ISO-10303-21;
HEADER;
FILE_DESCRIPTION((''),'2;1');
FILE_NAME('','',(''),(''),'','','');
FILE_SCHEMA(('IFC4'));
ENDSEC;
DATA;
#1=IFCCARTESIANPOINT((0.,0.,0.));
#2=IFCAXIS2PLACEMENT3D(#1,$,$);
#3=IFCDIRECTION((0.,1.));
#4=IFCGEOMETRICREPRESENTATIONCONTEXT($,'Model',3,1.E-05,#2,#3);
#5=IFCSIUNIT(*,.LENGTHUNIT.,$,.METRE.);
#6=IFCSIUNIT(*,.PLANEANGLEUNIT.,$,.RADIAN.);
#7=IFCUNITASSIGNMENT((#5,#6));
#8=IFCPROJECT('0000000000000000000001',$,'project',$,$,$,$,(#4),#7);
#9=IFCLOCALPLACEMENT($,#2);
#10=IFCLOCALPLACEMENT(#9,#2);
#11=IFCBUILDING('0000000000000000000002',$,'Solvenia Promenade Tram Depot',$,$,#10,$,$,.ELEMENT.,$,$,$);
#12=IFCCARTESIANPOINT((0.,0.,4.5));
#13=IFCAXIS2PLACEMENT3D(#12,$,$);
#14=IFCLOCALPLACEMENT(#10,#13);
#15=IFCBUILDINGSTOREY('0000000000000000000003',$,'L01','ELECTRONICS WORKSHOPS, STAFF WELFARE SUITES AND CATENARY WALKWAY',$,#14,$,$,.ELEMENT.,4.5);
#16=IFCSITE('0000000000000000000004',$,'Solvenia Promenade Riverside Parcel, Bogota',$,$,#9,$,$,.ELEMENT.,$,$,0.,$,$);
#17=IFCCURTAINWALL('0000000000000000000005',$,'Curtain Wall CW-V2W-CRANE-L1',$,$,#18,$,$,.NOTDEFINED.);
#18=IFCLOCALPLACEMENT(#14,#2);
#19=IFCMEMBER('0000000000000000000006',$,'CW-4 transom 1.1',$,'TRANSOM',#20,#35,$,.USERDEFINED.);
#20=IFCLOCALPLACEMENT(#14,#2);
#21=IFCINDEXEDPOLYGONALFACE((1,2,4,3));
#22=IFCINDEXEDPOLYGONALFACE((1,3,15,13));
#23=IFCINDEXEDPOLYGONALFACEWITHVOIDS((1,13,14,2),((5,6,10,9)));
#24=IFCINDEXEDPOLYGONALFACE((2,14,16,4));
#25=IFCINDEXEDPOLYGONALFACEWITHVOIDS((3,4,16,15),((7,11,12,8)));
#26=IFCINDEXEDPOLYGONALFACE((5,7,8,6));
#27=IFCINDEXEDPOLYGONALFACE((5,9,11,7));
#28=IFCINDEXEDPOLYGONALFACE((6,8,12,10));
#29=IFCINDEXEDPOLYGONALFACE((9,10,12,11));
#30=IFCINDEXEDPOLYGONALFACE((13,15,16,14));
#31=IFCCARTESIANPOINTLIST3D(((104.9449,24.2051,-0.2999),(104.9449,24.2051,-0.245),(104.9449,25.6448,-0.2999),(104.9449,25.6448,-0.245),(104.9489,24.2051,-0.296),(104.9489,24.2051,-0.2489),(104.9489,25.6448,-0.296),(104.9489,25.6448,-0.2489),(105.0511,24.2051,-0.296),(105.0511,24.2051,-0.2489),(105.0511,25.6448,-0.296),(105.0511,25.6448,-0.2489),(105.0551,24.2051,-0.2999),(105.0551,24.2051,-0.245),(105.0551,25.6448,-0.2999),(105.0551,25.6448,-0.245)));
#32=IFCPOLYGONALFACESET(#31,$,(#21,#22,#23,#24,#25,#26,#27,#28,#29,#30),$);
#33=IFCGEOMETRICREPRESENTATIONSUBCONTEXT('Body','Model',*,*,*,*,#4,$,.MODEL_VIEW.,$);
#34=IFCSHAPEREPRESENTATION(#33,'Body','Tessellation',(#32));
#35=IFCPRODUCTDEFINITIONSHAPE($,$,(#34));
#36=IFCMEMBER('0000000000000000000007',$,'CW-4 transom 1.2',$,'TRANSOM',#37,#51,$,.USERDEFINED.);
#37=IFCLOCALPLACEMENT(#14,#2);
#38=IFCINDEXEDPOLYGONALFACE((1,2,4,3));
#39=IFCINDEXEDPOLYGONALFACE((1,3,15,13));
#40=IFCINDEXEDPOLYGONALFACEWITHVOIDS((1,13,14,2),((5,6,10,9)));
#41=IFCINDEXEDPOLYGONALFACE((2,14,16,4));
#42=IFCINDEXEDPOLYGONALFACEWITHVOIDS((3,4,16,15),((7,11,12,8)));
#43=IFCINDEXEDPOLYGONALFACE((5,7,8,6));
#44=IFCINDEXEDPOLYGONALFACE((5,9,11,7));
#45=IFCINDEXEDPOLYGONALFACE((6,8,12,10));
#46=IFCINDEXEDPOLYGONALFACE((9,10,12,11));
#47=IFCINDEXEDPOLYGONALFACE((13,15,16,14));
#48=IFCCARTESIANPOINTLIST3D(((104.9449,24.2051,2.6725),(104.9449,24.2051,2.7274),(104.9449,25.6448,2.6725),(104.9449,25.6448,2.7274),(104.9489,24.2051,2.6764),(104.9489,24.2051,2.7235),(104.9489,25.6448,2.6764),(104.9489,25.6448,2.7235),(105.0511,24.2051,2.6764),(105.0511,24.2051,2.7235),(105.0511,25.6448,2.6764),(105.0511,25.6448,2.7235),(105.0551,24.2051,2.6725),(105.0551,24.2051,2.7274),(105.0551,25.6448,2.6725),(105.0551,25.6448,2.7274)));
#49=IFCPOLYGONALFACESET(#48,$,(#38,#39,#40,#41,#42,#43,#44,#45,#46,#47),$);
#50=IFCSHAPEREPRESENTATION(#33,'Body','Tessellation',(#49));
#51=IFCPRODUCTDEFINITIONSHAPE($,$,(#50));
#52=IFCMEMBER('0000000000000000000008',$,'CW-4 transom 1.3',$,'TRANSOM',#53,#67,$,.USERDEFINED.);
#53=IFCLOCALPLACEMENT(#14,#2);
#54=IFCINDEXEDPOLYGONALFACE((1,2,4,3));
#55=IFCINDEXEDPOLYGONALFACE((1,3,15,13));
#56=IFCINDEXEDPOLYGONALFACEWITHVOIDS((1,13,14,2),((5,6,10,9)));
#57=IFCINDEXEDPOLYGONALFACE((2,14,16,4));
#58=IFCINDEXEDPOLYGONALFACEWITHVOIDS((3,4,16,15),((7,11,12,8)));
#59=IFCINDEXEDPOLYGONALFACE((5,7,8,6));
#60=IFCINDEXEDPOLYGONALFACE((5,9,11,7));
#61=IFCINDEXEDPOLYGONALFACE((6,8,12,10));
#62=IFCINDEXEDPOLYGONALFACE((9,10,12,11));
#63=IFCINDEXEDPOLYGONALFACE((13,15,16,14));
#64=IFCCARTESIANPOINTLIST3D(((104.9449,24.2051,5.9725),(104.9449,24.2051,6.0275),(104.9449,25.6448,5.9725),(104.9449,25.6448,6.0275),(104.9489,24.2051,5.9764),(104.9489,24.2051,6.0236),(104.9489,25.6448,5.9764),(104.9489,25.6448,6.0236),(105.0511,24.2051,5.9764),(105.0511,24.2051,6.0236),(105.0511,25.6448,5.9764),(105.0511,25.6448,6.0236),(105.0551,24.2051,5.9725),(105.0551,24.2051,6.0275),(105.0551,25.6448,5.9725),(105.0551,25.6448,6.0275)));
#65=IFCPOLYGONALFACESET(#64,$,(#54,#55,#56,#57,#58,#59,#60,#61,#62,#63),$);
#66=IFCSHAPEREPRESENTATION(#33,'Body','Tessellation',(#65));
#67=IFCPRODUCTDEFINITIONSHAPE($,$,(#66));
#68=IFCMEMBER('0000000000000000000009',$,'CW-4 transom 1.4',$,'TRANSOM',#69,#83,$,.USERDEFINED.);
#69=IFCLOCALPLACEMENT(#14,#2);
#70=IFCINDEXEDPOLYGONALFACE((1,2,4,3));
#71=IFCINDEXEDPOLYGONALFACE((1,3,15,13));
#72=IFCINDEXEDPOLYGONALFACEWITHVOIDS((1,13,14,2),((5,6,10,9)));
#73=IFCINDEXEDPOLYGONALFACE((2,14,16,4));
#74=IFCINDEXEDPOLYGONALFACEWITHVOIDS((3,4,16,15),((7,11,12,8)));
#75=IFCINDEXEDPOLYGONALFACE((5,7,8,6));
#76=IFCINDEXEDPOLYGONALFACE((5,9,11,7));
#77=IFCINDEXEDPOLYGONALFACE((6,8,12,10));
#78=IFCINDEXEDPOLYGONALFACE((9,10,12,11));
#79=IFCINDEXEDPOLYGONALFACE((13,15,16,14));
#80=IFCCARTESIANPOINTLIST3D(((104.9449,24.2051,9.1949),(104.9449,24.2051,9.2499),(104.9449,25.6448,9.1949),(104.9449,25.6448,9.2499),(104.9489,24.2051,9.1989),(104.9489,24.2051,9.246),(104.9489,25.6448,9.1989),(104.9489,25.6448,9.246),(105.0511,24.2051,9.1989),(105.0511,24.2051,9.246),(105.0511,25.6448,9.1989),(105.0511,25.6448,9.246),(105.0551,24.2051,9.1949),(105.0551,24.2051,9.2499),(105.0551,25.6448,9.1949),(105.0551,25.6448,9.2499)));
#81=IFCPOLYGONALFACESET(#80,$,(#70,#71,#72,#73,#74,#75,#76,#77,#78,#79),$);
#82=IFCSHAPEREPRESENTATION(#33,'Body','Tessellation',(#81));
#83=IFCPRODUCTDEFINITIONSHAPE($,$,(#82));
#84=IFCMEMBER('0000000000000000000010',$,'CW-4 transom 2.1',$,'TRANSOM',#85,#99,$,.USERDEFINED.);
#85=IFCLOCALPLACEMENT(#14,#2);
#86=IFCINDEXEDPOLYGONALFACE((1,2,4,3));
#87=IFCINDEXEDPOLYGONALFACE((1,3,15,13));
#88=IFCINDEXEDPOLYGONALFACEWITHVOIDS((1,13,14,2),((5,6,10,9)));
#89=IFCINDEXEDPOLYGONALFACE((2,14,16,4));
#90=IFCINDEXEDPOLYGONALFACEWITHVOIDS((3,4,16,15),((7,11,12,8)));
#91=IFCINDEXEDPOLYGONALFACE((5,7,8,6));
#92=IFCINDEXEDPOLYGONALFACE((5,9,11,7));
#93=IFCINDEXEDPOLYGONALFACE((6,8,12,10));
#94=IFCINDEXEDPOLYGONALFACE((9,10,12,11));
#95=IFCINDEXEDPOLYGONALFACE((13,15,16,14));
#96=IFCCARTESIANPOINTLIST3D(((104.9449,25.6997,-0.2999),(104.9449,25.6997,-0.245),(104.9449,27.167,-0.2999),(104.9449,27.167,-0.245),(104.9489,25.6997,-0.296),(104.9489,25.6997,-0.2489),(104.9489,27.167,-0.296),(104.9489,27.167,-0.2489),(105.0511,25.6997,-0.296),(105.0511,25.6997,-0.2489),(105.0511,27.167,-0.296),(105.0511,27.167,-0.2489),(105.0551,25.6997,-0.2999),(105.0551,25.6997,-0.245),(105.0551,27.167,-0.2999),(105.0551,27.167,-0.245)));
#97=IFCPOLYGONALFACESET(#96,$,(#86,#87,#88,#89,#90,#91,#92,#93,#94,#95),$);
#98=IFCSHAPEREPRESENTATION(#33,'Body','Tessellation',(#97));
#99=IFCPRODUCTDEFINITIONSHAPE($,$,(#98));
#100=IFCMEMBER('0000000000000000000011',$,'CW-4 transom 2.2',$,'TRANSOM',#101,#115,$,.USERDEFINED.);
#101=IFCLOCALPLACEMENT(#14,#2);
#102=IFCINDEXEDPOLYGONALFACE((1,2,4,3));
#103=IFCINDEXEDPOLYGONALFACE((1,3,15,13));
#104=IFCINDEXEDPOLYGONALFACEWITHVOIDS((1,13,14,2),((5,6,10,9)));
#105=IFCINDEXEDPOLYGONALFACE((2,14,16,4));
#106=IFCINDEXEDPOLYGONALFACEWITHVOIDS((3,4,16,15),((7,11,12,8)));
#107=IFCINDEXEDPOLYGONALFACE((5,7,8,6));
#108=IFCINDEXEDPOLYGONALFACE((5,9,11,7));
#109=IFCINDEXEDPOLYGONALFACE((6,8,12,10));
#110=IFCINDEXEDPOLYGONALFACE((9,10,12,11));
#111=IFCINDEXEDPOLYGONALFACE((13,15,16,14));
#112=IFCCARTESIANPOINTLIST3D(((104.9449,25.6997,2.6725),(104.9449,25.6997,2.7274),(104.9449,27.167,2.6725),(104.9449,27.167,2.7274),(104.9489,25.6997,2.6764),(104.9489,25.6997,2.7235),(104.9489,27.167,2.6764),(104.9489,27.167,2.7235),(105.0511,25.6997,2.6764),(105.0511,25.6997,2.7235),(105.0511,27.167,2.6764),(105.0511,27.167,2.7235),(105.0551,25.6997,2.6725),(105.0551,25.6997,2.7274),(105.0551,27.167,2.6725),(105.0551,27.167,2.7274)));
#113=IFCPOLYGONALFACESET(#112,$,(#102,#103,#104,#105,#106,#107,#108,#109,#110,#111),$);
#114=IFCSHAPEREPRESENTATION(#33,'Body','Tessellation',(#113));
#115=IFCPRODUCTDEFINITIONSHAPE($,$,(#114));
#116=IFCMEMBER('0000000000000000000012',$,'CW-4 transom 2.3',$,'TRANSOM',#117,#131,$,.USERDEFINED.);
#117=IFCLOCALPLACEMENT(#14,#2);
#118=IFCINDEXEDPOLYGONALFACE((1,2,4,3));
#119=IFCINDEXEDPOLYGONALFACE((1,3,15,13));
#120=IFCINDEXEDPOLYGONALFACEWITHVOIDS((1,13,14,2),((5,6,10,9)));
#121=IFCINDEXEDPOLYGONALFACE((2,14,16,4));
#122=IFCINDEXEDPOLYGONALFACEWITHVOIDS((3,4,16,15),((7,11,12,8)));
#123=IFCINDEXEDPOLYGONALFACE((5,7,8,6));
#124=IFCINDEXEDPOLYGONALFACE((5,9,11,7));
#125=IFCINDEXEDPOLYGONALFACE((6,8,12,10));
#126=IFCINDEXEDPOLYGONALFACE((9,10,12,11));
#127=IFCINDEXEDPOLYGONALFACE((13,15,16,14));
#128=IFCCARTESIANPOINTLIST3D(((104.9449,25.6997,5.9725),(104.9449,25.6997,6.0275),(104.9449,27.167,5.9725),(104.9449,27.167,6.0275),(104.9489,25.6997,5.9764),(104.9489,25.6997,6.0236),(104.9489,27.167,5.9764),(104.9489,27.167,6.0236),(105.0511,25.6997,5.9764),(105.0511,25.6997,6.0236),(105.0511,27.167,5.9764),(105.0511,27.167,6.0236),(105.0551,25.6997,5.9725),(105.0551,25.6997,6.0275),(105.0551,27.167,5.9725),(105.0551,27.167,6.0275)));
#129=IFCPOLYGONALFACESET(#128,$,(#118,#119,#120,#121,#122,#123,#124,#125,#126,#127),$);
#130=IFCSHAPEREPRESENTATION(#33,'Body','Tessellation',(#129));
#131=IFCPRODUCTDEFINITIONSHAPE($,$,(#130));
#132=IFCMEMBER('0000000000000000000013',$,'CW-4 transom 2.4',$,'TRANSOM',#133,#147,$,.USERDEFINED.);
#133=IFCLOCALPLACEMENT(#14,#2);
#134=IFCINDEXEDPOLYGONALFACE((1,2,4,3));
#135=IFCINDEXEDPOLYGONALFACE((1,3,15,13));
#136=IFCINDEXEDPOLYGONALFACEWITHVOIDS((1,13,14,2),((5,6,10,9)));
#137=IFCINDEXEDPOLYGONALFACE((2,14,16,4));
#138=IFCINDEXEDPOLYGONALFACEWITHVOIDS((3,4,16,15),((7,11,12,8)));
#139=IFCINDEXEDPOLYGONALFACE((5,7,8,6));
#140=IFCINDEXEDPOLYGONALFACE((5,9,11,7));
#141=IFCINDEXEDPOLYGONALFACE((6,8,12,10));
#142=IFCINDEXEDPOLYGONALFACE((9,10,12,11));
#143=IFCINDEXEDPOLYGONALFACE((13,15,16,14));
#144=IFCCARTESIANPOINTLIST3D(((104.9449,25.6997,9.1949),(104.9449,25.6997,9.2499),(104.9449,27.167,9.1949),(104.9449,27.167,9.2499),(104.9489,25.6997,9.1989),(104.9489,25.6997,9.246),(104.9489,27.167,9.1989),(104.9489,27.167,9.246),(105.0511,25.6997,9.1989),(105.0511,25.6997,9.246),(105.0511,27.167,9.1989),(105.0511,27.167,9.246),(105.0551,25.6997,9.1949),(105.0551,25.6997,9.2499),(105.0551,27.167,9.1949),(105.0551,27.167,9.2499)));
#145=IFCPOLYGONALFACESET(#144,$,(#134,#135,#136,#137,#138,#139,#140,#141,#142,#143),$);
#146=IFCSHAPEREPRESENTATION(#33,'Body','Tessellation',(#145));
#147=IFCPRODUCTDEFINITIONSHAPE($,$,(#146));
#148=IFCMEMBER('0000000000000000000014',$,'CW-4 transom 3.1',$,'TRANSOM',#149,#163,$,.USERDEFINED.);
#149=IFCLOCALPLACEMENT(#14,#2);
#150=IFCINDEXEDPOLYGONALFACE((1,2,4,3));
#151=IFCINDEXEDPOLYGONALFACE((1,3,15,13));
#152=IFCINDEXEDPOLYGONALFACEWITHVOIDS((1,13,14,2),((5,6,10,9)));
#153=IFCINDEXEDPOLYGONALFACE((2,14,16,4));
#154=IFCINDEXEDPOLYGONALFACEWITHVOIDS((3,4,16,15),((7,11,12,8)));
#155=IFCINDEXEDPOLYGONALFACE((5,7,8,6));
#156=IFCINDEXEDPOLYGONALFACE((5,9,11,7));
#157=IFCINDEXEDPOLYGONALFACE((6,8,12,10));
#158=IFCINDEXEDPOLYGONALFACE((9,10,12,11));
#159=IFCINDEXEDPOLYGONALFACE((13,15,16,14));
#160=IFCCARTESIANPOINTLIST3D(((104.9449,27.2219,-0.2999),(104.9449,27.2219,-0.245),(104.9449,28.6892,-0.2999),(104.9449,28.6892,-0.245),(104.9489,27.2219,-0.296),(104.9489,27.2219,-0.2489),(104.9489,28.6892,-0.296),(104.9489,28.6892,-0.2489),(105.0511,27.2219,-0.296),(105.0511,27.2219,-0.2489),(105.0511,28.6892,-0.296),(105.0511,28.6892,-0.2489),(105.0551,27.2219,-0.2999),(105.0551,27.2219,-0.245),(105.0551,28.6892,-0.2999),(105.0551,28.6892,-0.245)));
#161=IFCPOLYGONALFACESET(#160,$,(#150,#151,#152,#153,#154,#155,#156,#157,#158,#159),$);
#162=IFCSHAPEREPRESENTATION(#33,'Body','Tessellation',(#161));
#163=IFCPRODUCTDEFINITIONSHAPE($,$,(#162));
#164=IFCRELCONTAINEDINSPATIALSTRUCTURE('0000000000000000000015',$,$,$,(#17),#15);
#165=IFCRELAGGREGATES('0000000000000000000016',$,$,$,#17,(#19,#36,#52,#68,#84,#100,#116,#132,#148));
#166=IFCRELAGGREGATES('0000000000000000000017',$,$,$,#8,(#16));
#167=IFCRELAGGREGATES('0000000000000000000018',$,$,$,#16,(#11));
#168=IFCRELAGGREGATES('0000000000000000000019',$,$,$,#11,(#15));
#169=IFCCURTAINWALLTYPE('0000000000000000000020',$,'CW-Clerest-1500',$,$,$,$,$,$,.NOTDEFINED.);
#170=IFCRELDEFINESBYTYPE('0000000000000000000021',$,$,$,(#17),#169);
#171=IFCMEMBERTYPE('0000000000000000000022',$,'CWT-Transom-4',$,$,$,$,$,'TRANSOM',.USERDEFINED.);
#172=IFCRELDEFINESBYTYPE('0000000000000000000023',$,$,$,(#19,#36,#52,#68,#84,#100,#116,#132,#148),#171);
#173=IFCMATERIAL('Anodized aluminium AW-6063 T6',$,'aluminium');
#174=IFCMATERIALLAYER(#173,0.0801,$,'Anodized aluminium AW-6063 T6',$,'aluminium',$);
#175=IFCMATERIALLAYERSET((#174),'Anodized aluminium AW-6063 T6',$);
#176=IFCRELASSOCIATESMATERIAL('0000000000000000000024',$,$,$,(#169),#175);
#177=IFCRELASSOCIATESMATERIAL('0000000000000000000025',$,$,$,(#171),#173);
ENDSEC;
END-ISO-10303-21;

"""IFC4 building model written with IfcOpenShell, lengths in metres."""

from ifc_helpers import new_model, si_unit, direction, frame, origin, origin_2d, place, context, subcontext, project, spatial, hollow_rectangle, extrude, material, layer, layer_set, material_profile, profile_set, type_object, element, aggregate, save


model = new_model("IFC4")

# Units and contexts
model_context = context("Model", 3, precision=1e-05, world=origin(), true_north=direction((0.0, 1.0)))
body_context = subcontext(model_context, "Body", "Model", "MODEL_VIEW")
ifc_project = project(units=[si_unit("LENGTHUNIT", "METRE"), si_unit("PLANEANGLEUNIT", "RADIAN")], contexts=[model_context])

# Site, building, storey
site_placement = place(None, origin())
site = spatial("IfcSite", under=ifc_project, at=site_placement, Name="Solvenia Promenade Riverside Parcel, Bogota", CompositionType="ELEMENT", RefElevation=0.0)
building_placement = place(site_placement, origin())
building = spatial("IfcBuilding", under=site, at=building_placement, Name="Solvenia Promenade Tram Depot", CompositionType="ELEMENT")
storey_placement = place(building_placement, frame((0.0, 0.0, 4.5)))
storey = spatial("IfcBuildingStorey", under=building, at=storey_placement, Name="L01", Description="ELECTRONICS WORKSHOPS, STAFF WELFARE SUITES AND CATENARY WALKWAY", CompositionType="ELEMENT", Elevation=4.5)

# Shared definitions
ifc_material_1 = material(Name="Anodized aluminium AW-6063 T6", Category="aluminium")

# Curtain wall
ifc_layer_1 = layer(ifc_material_1, 0.0801, Name="Anodized aluminium AW-6063 T6", Category="aluminium")
ifc_layer_set_1 = layer_set([ifc_layer_1], Name="Anodized aluminium AW-6063 T6")
curtain_wall_type_1 = type_object("IfcCurtainWallType", Name="CW-Clerest-1500", PredefinedType="NOTDEFINED", material=ifc_layer_set_1)
curtain_wall_1_placement = place(storey_placement, origin())
curtain_wall_1 = element("IfcCurtainWall", 1, at=curtain_wall_1_placement, inside=storey, type_object=curtain_wall_type_1, Name="Curtain Wall CW-V2W-CRANE-L1", PredefinedType="NOTDEFINED")

# Members
ifc_material_profile_1 = material_profile(ifc_material_1, hollow_rectangle(XDim=0.1101, YDim=0.0549, WallThickness=0.0039, at=origin_2d()), Name="ALU-T4", Category="aluminium")
ifc_profile_set_1 = profile_set([ifc_material_profile_1], Name="Anodized aluminium AW-6063 T6")
member_type_1 = type_object("IfcMemberType", Name="CWT-Transom-4", ElementType="TRANSOM", PredefinedType="USERDEFINED", material=ifc_profile_set_1)
member_1_placement = place(storey_placement, frame((105.0, 24.2051, -0.2725), z_axis=(0.0, 1.0, 0.0), x_axis=(-1.0, 0.0, 0.0)))
member_1 = element("IfcMember", 2, at=member_1_placement, type_object=member_type_1, Name="CW-4 transom 1.1", ObjectType="TRANSOM", PredefinedType="USERDEFINED", context=body_context, shape_type="SweptSolid", body=[
    extrude(hollow_rectangle(XDim=0.1101, YDim=0.0549, WallThickness=0.0039, at=origin_2d()), origin(), (0.0, 0.0, 1.0), 1.4397),
])
member_2_placement = place(storey_placement, frame((105.0, 24.2051, 2.7), z_axis=(0.0, 1.0, 0.0), x_axis=(-1.0, 0.0, 0.0)))
member_2 = element("IfcMember", 3, at=member_2_placement, type_object=member_type_1, Name="CW-4 transom 1.2", ObjectType="TRANSOM", PredefinedType="USERDEFINED", context=body_context, shape_type="SweptSolid", body=[
    extrude(hollow_rectangle(XDim=0.1101, YDim=0.0549, WallThickness=0.0039, at=origin_2d()), origin(), (0.0, 0.0, 1.0), 1.4397),
])
member_3_placement = place(storey_placement, frame((105.0, 24.2051, 6.0), z_axis=(0.0, 1.0, 0.0), x_axis=(-1.0, 0.0, 0.0)))
member_3 = element("IfcMember", 4, at=member_3_placement, type_object=member_type_1, Name="CW-4 transom 1.3", ObjectType="TRANSOM", PredefinedType="USERDEFINED", context=body_context, shape_type="SweptSolid", body=[
    extrude(hollow_rectangle(XDim=0.1101, YDim=0.0549, WallThickness=0.0039, at=origin_2d()), origin(), (0.0, 0.0, 1.0), 1.4397),
])
member_4_placement = place(storey_placement, frame((105.0, 24.2051, 9.2224), z_axis=(0.0, 1.0, 0.0), x_axis=(-1.0, 0.0, 0.0)))
member_4 = element("IfcMember", 5, at=member_4_placement, type_object=member_type_1, Name="CW-4 transom 1.4", ObjectType="TRANSOM", PredefinedType="USERDEFINED", context=body_context, shape_type="SweptSolid", body=[
    extrude(hollow_rectangle(XDim=0.1101, YDim=0.0549, WallThickness=0.0039, at=origin_2d()), origin(), (0.0, 0.0, 1.0), 1.4397),
])
member_5_placement = place(storey_placement, frame((105.0, 25.6997, -0.2725), z_axis=(0.0, 1.0, 0.0), x_axis=(-1.0, 0.0, 0.0)))
member_5 = element("IfcMember", 6, at=member_5_placement, type_object=member_type_1, Name="CW-4 transom 2.1", ObjectType="TRANSOM", PredefinedType="USERDEFINED", context=body_context, shape_type="SweptSolid", body=[
    extrude(hollow_rectangle(XDim=0.1101, YDim=0.0549, WallThickness=0.0039, at=origin_2d()), origin(), (0.0, 0.0, 1.0), 1.4673),
])
member_6_placement = place(storey_placement, frame((105.0, 25.6997, 2.7), z_axis=(0.0, 1.0, 0.0), x_axis=(-1.0, 0.0, 0.0)))
member_6 = element("IfcMember", 7, at=member_6_placement, type_object=member_type_1, Name="CW-4 transom 2.2", ObjectType="TRANSOM", PredefinedType="USERDEFINED", context=body_context, shape_type="SweptSolid", body=[
    extrude(hollow_rectangle(XDim=0.1101, YDim=0.0549, WallThickness=0.0039, at=origin_2d()), origin(), (0.0, 0.0, 1.0), 1.4673),
])
member_7_placement = place(storey_placement, frame((105.0, 25.6997, 6.0), z_axis=(0.0, 1.0, 0.0), x_axis=(-1.0, 0.0, 0.0)))
member_7 = element("IfcMember", 8, at=member_7_placement, type_object=member_type_1, Name="CW-4 transom 2.3", ObjectType="TRANSOM", PredefinedType="USERDEFINED", context=body_context, shape_type="SweptSolid", body=[
    extrude(hollow_rectangle(XDim=0.1101, YDim=0.0549, WallThickness=0.0039, at=origin_2d()), origin(), (0.0, 0.0, 1.0), 1.4673),
])
member_8_placement = place(storey_placement, frame((105.0, 25.6997, 9.2224), z_axis=(0.0, 1.0, 0.0), x_axis=(-1.0, 0.0, 0.0)))
member_8 = element("IfcMember", 9, at=member_8_placement, type_object=member_type_1, Name="CW-4 transom 2.4", ObjectType="TRANSOM", PredefinedType="USERDEFINED", context=body_context, shape_type="SweptSolid", body=[
    extrude(hollow_rectangle(XDim=0.1101, YDim=0.0549, WallThickness=0.0039, at=origin_2d()), origin(), (0.0, 0.0, 1.0), 1.4673),
])
member_9_placement = place(storey_placement, frame((105.0, 27.2219, -0.2725), z_axis=(0.0, 1.0, 0.0), x_axis=(-1.0, 0.0, 0.0)))
member_9 = element("IfcMember", 10, at=member_9_placement, type_object=member_type_1, Name="CW-4 transom 3.1", ObjectType="TRANSOM", PredefinedType="USERDEFINED", context=body_context, shape_type="SweptSolid", body=[
    extrude(hollow_rectangle(XDim=0.1101, YDim=0.0549, WallThickness=0.0039, at=origin_2d()), origin(), (0.0, 0.0, 1.0), 1.4673),
])

aggregate(curtain_wall_1, [member_1, member_2, member_3, member_4, member_5, member_6, member_7, member_8, member_9])

save(model, "model.ifc")
